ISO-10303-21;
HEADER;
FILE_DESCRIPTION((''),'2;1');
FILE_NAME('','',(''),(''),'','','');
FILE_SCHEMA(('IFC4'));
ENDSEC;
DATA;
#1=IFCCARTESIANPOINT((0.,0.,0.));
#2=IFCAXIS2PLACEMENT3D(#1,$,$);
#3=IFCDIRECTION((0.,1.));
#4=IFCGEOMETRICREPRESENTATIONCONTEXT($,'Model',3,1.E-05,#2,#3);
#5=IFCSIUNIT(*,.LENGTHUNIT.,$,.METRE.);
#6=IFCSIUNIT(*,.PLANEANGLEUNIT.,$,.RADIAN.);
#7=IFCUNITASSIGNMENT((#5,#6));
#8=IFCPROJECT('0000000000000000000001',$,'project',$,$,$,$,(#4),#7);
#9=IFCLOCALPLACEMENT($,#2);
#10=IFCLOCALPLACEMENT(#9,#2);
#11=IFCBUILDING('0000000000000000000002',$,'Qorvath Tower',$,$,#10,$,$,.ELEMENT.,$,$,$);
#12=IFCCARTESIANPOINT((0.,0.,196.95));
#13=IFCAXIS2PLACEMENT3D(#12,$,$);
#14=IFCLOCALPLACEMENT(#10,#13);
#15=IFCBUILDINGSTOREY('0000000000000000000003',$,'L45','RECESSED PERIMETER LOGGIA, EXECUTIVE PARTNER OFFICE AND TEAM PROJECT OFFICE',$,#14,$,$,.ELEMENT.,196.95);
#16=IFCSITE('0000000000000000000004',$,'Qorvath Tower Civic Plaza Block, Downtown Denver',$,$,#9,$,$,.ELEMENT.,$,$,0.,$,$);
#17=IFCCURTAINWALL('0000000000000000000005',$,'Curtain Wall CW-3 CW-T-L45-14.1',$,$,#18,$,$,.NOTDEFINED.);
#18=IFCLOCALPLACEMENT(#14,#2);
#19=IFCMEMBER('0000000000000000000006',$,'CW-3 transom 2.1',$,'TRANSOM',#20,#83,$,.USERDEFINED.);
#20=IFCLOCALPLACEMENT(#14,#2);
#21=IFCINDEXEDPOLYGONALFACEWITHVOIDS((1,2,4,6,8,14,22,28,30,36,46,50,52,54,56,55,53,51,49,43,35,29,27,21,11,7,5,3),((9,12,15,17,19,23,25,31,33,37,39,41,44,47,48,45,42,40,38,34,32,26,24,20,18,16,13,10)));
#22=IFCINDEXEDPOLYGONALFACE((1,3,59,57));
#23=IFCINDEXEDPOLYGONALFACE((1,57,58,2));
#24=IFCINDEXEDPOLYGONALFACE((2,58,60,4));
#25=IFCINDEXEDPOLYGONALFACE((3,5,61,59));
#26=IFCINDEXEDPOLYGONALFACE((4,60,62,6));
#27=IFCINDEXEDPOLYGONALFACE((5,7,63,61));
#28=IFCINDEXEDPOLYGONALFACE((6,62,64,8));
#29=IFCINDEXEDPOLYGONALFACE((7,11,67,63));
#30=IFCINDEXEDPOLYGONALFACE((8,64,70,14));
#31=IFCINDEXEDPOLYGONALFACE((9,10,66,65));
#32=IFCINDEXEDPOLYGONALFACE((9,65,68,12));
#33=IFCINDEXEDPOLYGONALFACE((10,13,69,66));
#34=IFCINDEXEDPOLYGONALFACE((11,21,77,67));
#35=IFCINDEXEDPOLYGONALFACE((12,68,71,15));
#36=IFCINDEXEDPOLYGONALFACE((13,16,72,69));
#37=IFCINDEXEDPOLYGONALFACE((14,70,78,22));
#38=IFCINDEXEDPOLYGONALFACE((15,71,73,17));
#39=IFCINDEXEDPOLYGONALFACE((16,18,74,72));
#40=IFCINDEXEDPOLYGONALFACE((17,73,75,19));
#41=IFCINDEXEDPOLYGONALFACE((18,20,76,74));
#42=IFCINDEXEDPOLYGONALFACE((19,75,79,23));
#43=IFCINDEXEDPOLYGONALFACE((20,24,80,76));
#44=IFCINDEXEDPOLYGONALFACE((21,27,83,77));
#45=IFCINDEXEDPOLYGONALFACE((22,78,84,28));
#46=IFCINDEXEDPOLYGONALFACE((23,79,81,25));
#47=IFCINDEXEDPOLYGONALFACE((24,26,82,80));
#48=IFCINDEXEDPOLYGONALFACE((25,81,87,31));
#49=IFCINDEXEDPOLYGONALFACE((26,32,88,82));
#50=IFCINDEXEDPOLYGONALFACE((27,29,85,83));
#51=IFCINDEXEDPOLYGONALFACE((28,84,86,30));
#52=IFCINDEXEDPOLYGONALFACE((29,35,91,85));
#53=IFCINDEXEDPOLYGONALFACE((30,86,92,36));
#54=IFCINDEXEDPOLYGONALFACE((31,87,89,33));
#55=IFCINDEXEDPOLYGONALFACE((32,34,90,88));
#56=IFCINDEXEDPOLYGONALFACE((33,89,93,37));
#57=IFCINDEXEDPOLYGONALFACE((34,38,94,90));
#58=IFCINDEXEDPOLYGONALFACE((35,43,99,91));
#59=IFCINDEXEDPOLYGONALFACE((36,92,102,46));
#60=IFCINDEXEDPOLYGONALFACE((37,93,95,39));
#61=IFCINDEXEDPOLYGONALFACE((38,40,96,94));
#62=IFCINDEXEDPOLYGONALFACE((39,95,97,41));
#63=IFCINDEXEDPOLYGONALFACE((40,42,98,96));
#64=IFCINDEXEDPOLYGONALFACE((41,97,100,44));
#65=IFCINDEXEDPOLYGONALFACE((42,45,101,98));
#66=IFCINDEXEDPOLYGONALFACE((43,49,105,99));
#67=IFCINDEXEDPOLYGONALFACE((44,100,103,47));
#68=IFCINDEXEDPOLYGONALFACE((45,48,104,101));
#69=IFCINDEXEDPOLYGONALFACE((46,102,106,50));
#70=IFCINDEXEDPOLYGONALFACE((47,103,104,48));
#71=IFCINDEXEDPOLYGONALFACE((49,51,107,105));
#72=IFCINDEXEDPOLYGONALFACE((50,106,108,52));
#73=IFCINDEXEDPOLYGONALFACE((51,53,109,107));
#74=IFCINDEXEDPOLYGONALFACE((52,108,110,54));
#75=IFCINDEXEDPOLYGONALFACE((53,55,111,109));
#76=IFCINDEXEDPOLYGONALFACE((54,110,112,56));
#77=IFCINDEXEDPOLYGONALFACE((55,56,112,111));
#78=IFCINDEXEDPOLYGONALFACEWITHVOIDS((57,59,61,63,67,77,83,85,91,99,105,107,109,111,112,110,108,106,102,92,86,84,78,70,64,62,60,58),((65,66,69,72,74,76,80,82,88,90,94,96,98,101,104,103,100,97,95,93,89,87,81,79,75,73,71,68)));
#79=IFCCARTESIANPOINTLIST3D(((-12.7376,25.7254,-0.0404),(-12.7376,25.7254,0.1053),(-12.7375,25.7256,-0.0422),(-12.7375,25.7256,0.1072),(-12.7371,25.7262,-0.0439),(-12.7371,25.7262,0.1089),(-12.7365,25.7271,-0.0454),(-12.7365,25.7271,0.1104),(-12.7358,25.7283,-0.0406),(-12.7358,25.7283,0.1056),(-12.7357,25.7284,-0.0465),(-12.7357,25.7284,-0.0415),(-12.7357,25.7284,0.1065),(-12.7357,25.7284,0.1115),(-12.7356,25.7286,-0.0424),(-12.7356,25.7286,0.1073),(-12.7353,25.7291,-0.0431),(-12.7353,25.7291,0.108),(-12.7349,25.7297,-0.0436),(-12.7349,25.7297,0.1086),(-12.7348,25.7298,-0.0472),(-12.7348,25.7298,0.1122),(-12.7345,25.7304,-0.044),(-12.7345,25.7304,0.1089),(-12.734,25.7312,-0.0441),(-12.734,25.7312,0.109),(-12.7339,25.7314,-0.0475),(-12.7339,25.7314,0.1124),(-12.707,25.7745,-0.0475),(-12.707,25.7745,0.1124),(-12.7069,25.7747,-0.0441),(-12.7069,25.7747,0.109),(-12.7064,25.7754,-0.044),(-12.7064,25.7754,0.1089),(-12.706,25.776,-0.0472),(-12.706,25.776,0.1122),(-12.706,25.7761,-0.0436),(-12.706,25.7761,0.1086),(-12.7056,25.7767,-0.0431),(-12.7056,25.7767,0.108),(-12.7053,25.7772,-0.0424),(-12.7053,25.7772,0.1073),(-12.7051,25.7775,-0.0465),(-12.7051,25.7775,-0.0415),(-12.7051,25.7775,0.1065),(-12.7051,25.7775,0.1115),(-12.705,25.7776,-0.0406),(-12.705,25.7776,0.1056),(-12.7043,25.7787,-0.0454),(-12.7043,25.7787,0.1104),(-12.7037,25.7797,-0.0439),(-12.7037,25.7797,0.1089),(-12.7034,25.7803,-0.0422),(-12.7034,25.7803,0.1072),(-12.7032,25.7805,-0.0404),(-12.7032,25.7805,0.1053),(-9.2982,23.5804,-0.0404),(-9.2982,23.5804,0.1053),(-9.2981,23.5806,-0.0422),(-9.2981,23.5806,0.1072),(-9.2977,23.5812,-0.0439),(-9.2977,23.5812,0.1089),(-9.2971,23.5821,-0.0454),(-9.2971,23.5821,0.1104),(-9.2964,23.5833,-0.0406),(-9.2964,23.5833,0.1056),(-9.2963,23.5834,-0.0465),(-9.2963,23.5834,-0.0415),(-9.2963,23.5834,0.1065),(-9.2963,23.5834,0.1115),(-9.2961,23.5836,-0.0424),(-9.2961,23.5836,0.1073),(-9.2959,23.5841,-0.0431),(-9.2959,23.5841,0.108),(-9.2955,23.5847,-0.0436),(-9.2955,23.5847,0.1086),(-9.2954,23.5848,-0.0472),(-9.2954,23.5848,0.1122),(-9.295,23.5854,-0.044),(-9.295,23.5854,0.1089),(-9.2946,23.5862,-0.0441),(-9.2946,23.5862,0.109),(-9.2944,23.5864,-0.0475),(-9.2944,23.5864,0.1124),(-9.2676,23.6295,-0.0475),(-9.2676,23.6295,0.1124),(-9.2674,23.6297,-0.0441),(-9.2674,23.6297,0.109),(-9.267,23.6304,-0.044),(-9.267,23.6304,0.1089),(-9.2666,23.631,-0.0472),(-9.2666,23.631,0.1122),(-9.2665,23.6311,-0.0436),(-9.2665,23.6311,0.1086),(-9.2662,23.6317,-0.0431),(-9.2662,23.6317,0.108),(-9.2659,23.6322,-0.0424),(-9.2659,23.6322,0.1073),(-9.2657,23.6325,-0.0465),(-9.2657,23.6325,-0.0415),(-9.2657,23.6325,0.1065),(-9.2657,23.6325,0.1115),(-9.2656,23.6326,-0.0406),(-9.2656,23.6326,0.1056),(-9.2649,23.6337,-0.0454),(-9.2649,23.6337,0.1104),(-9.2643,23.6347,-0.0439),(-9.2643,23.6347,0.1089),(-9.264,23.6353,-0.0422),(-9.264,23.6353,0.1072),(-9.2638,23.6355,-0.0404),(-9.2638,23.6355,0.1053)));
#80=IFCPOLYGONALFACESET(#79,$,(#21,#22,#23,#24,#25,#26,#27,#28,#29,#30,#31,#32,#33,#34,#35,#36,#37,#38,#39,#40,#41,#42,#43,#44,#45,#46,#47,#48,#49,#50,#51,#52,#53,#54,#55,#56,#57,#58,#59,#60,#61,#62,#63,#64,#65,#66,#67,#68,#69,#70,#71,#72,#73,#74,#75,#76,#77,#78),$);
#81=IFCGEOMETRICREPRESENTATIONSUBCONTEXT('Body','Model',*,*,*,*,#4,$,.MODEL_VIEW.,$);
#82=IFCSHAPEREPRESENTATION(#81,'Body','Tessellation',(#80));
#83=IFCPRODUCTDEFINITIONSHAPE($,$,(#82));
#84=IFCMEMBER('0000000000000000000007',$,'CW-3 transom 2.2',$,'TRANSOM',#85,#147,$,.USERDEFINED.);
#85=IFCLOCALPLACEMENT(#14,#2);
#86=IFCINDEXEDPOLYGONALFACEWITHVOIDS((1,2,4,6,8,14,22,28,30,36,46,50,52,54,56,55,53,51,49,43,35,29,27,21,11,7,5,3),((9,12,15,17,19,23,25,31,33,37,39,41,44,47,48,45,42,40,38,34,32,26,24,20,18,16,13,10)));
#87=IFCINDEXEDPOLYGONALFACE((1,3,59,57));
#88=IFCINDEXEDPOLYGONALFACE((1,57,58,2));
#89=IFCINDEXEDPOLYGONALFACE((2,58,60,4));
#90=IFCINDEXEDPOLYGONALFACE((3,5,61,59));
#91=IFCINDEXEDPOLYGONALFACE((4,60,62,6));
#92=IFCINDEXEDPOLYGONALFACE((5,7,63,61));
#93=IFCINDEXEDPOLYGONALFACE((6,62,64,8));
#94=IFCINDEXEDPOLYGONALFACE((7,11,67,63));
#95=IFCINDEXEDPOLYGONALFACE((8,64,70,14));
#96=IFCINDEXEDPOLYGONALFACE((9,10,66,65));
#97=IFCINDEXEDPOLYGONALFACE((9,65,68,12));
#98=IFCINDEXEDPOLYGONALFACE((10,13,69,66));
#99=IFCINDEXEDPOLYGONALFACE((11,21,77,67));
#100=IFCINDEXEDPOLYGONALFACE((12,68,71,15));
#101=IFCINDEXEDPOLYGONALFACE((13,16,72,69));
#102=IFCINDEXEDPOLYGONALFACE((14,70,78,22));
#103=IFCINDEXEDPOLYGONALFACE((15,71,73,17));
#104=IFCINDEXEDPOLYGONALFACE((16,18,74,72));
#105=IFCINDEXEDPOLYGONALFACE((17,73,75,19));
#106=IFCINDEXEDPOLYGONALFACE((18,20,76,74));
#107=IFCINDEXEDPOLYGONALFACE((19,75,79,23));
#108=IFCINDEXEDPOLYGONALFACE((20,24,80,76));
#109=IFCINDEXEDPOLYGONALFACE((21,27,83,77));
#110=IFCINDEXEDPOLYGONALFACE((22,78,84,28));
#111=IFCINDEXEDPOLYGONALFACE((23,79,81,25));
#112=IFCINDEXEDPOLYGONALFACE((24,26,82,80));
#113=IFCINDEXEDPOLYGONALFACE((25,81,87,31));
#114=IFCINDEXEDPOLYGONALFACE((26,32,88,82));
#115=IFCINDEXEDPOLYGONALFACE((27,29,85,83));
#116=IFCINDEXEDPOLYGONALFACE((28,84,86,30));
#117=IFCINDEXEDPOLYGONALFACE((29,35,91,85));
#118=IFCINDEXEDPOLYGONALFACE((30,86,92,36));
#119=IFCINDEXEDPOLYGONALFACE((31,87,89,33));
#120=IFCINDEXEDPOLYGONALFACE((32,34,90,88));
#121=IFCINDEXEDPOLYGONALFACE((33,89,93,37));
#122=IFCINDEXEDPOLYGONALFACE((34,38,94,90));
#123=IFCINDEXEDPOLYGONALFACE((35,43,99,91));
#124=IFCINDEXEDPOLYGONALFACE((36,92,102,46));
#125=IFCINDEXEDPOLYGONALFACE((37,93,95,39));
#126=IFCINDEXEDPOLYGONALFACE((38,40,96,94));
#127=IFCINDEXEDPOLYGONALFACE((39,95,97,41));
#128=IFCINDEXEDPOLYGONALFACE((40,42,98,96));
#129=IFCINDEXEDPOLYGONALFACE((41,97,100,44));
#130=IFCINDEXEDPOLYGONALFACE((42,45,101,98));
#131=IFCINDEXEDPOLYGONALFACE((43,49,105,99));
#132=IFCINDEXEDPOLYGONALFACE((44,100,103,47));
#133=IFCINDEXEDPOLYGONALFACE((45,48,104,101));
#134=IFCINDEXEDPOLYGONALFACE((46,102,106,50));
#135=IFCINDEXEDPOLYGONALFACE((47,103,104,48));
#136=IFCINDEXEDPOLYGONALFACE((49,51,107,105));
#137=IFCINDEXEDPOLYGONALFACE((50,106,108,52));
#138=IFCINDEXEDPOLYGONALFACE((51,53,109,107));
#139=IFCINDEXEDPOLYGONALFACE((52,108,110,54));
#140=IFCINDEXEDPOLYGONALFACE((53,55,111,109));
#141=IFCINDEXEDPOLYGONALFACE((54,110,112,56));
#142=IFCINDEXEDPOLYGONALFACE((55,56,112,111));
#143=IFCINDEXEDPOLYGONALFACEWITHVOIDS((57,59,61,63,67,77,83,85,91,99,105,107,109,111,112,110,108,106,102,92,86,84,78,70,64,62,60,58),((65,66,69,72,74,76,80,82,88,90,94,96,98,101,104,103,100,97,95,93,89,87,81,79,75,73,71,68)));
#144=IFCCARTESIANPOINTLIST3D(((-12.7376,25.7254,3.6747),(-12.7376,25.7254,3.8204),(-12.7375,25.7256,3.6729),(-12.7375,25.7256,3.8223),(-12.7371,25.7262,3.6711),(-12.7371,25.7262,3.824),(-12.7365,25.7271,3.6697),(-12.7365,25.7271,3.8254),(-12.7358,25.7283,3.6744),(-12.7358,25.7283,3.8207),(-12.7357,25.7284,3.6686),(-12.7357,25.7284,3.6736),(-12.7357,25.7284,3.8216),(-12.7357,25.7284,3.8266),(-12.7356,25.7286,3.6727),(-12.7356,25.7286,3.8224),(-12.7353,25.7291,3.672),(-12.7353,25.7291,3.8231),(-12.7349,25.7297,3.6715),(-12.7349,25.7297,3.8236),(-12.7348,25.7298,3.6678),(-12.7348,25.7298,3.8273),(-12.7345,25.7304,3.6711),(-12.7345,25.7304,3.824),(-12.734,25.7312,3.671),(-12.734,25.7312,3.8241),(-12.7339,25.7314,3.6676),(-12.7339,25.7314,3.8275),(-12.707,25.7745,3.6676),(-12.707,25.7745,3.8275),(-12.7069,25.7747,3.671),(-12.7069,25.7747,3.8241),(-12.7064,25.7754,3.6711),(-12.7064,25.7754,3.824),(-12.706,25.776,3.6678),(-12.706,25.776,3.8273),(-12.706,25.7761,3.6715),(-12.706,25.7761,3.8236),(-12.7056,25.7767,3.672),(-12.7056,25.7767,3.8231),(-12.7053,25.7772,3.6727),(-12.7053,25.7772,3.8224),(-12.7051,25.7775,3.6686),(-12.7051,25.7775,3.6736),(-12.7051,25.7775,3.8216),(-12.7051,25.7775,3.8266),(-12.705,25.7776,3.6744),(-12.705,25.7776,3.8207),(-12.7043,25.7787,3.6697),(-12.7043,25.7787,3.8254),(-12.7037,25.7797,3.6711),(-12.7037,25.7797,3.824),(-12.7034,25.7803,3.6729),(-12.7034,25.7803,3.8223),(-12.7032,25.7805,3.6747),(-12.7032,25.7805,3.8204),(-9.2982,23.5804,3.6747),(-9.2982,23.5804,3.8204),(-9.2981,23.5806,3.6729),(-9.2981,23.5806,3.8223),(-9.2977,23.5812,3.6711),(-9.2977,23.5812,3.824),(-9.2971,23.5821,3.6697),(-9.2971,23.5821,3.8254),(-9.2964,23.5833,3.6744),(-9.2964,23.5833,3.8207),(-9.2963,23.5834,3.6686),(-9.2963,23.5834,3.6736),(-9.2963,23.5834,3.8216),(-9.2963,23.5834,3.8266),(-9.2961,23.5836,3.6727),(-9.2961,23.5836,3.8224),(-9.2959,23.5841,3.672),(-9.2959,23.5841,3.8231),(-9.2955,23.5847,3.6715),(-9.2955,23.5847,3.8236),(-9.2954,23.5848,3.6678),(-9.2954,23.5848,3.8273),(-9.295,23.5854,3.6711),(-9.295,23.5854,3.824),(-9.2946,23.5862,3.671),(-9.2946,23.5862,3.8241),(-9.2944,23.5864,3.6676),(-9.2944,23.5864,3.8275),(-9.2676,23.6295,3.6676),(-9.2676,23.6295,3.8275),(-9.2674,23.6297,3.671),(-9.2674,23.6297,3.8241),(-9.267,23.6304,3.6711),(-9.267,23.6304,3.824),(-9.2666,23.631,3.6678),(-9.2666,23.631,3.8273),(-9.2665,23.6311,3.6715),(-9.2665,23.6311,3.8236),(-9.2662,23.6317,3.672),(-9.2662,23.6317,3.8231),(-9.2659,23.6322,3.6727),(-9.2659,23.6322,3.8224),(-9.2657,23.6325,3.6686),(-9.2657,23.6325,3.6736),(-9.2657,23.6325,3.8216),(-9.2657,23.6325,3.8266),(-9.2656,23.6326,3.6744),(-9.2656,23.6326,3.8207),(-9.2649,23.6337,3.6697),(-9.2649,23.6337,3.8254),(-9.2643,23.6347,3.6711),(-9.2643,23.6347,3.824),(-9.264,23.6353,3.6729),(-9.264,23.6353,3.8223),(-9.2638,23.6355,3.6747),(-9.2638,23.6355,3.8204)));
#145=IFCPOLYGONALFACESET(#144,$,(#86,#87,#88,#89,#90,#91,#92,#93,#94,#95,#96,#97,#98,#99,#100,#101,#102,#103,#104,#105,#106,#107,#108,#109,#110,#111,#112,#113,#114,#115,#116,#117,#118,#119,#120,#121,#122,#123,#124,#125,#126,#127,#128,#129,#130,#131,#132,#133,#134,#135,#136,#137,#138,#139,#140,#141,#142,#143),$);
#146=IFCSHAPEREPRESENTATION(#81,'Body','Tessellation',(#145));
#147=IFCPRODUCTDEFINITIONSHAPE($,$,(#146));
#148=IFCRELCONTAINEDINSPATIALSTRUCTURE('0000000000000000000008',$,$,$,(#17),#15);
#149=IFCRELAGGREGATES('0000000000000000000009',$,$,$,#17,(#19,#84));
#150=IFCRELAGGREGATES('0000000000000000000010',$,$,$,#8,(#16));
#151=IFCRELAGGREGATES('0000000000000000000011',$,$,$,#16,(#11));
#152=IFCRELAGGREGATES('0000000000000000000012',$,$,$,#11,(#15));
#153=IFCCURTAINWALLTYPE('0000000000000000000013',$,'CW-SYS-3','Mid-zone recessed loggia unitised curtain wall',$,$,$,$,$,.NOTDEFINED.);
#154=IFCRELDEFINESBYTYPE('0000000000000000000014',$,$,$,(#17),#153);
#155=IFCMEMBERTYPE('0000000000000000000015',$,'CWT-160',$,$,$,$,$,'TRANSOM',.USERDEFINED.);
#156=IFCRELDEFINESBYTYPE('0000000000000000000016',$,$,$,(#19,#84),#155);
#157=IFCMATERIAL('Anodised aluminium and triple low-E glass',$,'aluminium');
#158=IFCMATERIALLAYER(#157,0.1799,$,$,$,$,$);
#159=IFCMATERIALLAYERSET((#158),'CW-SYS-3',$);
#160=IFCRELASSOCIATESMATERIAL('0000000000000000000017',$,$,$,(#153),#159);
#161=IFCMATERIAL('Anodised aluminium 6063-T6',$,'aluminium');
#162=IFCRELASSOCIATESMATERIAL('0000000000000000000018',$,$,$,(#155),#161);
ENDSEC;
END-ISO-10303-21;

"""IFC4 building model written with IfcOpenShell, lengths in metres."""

from ifc_helpers import new_model, si_unit, direction, frame, origin, origin_2d, place, context, subcontext, project, spatial, hollow_rectangle, extrude, material, layer, layer_set, material_profile, profile_set, type_object, element, aggregate, save


model = new_model("IFC4")

# Units and contexts
model_context = context("Model", 3, precision=1e-05, world=origin(), true_north=direction((0.0, 1.0)))
body_context = subcontext(model_context, "Body", "Model", "MODEL_VIEW")
ifc_project = project(units=[si_unit("LENGTHUNIT", "METRE"), si_unit("PLANEANGLEUNIT", "RADIAN")], contexts=[model_context])

# Site, building, storey
site_placement = place(None, origin())
site = spatial("IfcSite", under=ifc_project, at=site_placement, Name="Qorvath Tower Civic Plaza Block, Downtown Denver", CompositionType="ELEMENT", RefElevation=0.0)
building_placement = place(site_placement, origin())
building = spatial("IfcBuilding", under=site, at=building_placement, Name="Qorvath Tower", CompositionType="ELEMENT")
storey_placement = place(building_placement, frame((0.0, 0.0, 196.95)))
storey = spatial("IfcBuildingStorey", under=building, at=storey_placement, Name="L45", Description="RECESSED PERIMETER LOGGIA, EXECUTIVE PARTNER OFFICE AND TEAM PROJECT OFFICE", CompositionType="ELEMENT", Elevation=196.95)

# Shared definitions
ifc_material_1 = material(Name="Anodised aluminium and triple low-E glass", Category="aluminium")
ifc_layer_1 = layer(ifc_material_1, 0.1799)
ifc_layer_set_1 = layer_set([ifc_layer_1], Name="CW-SYS-3")
curtain_wall_type = type_object("IfcCurtainWallType", Name="CW-SYS-3", Description="Mid-zone recessed loggia unitised curtain wall", PredefinedType="NOTDEFINED", material=ifc_layer_set_1)

# Curtain wall
curtain_wall_1_placement = place(storey_placement, origin())
curtain_wall_1 = element("IfcCurtainWall", 1, at=curtain_wall_1_placement, inside=storey, type_object=curtain_wall_type, Name="Curtain Wall CW-3 CW-T-L45-14.1", PredefinedType="NOTDEFINED")

# Members
ifc_material_2 = material(Name="Anodised aluminium 6063-T6", Category="aluminium")
ifc_material_profile_1 = material_profile(ifc_material_2, hollow_rectangle(XDim=0.0649, YDim=0.1599, WallThickness=0.0034, InnerFilletRadius=0.0034, OuterFilletRadius=0.0071, at=origin_2d()), Name="CWT 160x65")
ifc_profile_set_1 = profile_set([ifc_material_profile_1], Name="Anodised aluminium 6063-T6")
member_type_1 = type_object("IfcMemberType", Name="CWT-160", ElementType="TRANSOM", PredefinedType="USERDEFINED", material=ifc_profile_set_1)
member_1_placement = place(storey_placement, frame((-9.281, 23.6079, 0.0325), z_axis=(-0.848512, 0.529176, 0.0), x_axis=(-0.529176, -0.848512, 0.0)))
member_1 = element("IfcMember", 2, at=member_1_placement, type_object=member_type_1, Name="CW-3 transom 2.1", ObjectType="TRANSOM", PredefinedType="USERDEFINED", context=body_context, shape_type="SweptSolid", body=[
    extrude(hollow_rectangle(XDim=0.0649, YDim=0.1599, WallThickness=0.0034, InnerFilletRadius=0.0034, OuterFilletRadius=0.0071, at=origin_2d()), origin(), (0.0, 0.0, 1.0), 4.0535),
])
member_2_placement = place(storey_placement, frame((-9.281, 23.6079, 3.7476), z_axis=(-0.848512, 0.529176, 0.0), x_axis=(-0.529176, -0.848512, 0.0)))
member_2 = element("IfcMember", 3, at=member_2_placement, type_object=member_type_1, Name="CW-3 transom 2.2", ObjectType="TRANSOM", PredefinedType="USERDEFINED", context=body_context, shape_type="SweptSolid", body=[
    extrude(hollow_rectangle(XDim=0.0649, YDim=0.1599, WallThickness=0.0034, InnerFilletRadius=0.0034, OuterFilletRadius=0.0071, at=origin_2d()), origin(), (0.0, 0.0, 1.0), 4.0535),
])

aggregate(curtain_wall_1, [member_1, member_2])

save(model, "model.ifc")
